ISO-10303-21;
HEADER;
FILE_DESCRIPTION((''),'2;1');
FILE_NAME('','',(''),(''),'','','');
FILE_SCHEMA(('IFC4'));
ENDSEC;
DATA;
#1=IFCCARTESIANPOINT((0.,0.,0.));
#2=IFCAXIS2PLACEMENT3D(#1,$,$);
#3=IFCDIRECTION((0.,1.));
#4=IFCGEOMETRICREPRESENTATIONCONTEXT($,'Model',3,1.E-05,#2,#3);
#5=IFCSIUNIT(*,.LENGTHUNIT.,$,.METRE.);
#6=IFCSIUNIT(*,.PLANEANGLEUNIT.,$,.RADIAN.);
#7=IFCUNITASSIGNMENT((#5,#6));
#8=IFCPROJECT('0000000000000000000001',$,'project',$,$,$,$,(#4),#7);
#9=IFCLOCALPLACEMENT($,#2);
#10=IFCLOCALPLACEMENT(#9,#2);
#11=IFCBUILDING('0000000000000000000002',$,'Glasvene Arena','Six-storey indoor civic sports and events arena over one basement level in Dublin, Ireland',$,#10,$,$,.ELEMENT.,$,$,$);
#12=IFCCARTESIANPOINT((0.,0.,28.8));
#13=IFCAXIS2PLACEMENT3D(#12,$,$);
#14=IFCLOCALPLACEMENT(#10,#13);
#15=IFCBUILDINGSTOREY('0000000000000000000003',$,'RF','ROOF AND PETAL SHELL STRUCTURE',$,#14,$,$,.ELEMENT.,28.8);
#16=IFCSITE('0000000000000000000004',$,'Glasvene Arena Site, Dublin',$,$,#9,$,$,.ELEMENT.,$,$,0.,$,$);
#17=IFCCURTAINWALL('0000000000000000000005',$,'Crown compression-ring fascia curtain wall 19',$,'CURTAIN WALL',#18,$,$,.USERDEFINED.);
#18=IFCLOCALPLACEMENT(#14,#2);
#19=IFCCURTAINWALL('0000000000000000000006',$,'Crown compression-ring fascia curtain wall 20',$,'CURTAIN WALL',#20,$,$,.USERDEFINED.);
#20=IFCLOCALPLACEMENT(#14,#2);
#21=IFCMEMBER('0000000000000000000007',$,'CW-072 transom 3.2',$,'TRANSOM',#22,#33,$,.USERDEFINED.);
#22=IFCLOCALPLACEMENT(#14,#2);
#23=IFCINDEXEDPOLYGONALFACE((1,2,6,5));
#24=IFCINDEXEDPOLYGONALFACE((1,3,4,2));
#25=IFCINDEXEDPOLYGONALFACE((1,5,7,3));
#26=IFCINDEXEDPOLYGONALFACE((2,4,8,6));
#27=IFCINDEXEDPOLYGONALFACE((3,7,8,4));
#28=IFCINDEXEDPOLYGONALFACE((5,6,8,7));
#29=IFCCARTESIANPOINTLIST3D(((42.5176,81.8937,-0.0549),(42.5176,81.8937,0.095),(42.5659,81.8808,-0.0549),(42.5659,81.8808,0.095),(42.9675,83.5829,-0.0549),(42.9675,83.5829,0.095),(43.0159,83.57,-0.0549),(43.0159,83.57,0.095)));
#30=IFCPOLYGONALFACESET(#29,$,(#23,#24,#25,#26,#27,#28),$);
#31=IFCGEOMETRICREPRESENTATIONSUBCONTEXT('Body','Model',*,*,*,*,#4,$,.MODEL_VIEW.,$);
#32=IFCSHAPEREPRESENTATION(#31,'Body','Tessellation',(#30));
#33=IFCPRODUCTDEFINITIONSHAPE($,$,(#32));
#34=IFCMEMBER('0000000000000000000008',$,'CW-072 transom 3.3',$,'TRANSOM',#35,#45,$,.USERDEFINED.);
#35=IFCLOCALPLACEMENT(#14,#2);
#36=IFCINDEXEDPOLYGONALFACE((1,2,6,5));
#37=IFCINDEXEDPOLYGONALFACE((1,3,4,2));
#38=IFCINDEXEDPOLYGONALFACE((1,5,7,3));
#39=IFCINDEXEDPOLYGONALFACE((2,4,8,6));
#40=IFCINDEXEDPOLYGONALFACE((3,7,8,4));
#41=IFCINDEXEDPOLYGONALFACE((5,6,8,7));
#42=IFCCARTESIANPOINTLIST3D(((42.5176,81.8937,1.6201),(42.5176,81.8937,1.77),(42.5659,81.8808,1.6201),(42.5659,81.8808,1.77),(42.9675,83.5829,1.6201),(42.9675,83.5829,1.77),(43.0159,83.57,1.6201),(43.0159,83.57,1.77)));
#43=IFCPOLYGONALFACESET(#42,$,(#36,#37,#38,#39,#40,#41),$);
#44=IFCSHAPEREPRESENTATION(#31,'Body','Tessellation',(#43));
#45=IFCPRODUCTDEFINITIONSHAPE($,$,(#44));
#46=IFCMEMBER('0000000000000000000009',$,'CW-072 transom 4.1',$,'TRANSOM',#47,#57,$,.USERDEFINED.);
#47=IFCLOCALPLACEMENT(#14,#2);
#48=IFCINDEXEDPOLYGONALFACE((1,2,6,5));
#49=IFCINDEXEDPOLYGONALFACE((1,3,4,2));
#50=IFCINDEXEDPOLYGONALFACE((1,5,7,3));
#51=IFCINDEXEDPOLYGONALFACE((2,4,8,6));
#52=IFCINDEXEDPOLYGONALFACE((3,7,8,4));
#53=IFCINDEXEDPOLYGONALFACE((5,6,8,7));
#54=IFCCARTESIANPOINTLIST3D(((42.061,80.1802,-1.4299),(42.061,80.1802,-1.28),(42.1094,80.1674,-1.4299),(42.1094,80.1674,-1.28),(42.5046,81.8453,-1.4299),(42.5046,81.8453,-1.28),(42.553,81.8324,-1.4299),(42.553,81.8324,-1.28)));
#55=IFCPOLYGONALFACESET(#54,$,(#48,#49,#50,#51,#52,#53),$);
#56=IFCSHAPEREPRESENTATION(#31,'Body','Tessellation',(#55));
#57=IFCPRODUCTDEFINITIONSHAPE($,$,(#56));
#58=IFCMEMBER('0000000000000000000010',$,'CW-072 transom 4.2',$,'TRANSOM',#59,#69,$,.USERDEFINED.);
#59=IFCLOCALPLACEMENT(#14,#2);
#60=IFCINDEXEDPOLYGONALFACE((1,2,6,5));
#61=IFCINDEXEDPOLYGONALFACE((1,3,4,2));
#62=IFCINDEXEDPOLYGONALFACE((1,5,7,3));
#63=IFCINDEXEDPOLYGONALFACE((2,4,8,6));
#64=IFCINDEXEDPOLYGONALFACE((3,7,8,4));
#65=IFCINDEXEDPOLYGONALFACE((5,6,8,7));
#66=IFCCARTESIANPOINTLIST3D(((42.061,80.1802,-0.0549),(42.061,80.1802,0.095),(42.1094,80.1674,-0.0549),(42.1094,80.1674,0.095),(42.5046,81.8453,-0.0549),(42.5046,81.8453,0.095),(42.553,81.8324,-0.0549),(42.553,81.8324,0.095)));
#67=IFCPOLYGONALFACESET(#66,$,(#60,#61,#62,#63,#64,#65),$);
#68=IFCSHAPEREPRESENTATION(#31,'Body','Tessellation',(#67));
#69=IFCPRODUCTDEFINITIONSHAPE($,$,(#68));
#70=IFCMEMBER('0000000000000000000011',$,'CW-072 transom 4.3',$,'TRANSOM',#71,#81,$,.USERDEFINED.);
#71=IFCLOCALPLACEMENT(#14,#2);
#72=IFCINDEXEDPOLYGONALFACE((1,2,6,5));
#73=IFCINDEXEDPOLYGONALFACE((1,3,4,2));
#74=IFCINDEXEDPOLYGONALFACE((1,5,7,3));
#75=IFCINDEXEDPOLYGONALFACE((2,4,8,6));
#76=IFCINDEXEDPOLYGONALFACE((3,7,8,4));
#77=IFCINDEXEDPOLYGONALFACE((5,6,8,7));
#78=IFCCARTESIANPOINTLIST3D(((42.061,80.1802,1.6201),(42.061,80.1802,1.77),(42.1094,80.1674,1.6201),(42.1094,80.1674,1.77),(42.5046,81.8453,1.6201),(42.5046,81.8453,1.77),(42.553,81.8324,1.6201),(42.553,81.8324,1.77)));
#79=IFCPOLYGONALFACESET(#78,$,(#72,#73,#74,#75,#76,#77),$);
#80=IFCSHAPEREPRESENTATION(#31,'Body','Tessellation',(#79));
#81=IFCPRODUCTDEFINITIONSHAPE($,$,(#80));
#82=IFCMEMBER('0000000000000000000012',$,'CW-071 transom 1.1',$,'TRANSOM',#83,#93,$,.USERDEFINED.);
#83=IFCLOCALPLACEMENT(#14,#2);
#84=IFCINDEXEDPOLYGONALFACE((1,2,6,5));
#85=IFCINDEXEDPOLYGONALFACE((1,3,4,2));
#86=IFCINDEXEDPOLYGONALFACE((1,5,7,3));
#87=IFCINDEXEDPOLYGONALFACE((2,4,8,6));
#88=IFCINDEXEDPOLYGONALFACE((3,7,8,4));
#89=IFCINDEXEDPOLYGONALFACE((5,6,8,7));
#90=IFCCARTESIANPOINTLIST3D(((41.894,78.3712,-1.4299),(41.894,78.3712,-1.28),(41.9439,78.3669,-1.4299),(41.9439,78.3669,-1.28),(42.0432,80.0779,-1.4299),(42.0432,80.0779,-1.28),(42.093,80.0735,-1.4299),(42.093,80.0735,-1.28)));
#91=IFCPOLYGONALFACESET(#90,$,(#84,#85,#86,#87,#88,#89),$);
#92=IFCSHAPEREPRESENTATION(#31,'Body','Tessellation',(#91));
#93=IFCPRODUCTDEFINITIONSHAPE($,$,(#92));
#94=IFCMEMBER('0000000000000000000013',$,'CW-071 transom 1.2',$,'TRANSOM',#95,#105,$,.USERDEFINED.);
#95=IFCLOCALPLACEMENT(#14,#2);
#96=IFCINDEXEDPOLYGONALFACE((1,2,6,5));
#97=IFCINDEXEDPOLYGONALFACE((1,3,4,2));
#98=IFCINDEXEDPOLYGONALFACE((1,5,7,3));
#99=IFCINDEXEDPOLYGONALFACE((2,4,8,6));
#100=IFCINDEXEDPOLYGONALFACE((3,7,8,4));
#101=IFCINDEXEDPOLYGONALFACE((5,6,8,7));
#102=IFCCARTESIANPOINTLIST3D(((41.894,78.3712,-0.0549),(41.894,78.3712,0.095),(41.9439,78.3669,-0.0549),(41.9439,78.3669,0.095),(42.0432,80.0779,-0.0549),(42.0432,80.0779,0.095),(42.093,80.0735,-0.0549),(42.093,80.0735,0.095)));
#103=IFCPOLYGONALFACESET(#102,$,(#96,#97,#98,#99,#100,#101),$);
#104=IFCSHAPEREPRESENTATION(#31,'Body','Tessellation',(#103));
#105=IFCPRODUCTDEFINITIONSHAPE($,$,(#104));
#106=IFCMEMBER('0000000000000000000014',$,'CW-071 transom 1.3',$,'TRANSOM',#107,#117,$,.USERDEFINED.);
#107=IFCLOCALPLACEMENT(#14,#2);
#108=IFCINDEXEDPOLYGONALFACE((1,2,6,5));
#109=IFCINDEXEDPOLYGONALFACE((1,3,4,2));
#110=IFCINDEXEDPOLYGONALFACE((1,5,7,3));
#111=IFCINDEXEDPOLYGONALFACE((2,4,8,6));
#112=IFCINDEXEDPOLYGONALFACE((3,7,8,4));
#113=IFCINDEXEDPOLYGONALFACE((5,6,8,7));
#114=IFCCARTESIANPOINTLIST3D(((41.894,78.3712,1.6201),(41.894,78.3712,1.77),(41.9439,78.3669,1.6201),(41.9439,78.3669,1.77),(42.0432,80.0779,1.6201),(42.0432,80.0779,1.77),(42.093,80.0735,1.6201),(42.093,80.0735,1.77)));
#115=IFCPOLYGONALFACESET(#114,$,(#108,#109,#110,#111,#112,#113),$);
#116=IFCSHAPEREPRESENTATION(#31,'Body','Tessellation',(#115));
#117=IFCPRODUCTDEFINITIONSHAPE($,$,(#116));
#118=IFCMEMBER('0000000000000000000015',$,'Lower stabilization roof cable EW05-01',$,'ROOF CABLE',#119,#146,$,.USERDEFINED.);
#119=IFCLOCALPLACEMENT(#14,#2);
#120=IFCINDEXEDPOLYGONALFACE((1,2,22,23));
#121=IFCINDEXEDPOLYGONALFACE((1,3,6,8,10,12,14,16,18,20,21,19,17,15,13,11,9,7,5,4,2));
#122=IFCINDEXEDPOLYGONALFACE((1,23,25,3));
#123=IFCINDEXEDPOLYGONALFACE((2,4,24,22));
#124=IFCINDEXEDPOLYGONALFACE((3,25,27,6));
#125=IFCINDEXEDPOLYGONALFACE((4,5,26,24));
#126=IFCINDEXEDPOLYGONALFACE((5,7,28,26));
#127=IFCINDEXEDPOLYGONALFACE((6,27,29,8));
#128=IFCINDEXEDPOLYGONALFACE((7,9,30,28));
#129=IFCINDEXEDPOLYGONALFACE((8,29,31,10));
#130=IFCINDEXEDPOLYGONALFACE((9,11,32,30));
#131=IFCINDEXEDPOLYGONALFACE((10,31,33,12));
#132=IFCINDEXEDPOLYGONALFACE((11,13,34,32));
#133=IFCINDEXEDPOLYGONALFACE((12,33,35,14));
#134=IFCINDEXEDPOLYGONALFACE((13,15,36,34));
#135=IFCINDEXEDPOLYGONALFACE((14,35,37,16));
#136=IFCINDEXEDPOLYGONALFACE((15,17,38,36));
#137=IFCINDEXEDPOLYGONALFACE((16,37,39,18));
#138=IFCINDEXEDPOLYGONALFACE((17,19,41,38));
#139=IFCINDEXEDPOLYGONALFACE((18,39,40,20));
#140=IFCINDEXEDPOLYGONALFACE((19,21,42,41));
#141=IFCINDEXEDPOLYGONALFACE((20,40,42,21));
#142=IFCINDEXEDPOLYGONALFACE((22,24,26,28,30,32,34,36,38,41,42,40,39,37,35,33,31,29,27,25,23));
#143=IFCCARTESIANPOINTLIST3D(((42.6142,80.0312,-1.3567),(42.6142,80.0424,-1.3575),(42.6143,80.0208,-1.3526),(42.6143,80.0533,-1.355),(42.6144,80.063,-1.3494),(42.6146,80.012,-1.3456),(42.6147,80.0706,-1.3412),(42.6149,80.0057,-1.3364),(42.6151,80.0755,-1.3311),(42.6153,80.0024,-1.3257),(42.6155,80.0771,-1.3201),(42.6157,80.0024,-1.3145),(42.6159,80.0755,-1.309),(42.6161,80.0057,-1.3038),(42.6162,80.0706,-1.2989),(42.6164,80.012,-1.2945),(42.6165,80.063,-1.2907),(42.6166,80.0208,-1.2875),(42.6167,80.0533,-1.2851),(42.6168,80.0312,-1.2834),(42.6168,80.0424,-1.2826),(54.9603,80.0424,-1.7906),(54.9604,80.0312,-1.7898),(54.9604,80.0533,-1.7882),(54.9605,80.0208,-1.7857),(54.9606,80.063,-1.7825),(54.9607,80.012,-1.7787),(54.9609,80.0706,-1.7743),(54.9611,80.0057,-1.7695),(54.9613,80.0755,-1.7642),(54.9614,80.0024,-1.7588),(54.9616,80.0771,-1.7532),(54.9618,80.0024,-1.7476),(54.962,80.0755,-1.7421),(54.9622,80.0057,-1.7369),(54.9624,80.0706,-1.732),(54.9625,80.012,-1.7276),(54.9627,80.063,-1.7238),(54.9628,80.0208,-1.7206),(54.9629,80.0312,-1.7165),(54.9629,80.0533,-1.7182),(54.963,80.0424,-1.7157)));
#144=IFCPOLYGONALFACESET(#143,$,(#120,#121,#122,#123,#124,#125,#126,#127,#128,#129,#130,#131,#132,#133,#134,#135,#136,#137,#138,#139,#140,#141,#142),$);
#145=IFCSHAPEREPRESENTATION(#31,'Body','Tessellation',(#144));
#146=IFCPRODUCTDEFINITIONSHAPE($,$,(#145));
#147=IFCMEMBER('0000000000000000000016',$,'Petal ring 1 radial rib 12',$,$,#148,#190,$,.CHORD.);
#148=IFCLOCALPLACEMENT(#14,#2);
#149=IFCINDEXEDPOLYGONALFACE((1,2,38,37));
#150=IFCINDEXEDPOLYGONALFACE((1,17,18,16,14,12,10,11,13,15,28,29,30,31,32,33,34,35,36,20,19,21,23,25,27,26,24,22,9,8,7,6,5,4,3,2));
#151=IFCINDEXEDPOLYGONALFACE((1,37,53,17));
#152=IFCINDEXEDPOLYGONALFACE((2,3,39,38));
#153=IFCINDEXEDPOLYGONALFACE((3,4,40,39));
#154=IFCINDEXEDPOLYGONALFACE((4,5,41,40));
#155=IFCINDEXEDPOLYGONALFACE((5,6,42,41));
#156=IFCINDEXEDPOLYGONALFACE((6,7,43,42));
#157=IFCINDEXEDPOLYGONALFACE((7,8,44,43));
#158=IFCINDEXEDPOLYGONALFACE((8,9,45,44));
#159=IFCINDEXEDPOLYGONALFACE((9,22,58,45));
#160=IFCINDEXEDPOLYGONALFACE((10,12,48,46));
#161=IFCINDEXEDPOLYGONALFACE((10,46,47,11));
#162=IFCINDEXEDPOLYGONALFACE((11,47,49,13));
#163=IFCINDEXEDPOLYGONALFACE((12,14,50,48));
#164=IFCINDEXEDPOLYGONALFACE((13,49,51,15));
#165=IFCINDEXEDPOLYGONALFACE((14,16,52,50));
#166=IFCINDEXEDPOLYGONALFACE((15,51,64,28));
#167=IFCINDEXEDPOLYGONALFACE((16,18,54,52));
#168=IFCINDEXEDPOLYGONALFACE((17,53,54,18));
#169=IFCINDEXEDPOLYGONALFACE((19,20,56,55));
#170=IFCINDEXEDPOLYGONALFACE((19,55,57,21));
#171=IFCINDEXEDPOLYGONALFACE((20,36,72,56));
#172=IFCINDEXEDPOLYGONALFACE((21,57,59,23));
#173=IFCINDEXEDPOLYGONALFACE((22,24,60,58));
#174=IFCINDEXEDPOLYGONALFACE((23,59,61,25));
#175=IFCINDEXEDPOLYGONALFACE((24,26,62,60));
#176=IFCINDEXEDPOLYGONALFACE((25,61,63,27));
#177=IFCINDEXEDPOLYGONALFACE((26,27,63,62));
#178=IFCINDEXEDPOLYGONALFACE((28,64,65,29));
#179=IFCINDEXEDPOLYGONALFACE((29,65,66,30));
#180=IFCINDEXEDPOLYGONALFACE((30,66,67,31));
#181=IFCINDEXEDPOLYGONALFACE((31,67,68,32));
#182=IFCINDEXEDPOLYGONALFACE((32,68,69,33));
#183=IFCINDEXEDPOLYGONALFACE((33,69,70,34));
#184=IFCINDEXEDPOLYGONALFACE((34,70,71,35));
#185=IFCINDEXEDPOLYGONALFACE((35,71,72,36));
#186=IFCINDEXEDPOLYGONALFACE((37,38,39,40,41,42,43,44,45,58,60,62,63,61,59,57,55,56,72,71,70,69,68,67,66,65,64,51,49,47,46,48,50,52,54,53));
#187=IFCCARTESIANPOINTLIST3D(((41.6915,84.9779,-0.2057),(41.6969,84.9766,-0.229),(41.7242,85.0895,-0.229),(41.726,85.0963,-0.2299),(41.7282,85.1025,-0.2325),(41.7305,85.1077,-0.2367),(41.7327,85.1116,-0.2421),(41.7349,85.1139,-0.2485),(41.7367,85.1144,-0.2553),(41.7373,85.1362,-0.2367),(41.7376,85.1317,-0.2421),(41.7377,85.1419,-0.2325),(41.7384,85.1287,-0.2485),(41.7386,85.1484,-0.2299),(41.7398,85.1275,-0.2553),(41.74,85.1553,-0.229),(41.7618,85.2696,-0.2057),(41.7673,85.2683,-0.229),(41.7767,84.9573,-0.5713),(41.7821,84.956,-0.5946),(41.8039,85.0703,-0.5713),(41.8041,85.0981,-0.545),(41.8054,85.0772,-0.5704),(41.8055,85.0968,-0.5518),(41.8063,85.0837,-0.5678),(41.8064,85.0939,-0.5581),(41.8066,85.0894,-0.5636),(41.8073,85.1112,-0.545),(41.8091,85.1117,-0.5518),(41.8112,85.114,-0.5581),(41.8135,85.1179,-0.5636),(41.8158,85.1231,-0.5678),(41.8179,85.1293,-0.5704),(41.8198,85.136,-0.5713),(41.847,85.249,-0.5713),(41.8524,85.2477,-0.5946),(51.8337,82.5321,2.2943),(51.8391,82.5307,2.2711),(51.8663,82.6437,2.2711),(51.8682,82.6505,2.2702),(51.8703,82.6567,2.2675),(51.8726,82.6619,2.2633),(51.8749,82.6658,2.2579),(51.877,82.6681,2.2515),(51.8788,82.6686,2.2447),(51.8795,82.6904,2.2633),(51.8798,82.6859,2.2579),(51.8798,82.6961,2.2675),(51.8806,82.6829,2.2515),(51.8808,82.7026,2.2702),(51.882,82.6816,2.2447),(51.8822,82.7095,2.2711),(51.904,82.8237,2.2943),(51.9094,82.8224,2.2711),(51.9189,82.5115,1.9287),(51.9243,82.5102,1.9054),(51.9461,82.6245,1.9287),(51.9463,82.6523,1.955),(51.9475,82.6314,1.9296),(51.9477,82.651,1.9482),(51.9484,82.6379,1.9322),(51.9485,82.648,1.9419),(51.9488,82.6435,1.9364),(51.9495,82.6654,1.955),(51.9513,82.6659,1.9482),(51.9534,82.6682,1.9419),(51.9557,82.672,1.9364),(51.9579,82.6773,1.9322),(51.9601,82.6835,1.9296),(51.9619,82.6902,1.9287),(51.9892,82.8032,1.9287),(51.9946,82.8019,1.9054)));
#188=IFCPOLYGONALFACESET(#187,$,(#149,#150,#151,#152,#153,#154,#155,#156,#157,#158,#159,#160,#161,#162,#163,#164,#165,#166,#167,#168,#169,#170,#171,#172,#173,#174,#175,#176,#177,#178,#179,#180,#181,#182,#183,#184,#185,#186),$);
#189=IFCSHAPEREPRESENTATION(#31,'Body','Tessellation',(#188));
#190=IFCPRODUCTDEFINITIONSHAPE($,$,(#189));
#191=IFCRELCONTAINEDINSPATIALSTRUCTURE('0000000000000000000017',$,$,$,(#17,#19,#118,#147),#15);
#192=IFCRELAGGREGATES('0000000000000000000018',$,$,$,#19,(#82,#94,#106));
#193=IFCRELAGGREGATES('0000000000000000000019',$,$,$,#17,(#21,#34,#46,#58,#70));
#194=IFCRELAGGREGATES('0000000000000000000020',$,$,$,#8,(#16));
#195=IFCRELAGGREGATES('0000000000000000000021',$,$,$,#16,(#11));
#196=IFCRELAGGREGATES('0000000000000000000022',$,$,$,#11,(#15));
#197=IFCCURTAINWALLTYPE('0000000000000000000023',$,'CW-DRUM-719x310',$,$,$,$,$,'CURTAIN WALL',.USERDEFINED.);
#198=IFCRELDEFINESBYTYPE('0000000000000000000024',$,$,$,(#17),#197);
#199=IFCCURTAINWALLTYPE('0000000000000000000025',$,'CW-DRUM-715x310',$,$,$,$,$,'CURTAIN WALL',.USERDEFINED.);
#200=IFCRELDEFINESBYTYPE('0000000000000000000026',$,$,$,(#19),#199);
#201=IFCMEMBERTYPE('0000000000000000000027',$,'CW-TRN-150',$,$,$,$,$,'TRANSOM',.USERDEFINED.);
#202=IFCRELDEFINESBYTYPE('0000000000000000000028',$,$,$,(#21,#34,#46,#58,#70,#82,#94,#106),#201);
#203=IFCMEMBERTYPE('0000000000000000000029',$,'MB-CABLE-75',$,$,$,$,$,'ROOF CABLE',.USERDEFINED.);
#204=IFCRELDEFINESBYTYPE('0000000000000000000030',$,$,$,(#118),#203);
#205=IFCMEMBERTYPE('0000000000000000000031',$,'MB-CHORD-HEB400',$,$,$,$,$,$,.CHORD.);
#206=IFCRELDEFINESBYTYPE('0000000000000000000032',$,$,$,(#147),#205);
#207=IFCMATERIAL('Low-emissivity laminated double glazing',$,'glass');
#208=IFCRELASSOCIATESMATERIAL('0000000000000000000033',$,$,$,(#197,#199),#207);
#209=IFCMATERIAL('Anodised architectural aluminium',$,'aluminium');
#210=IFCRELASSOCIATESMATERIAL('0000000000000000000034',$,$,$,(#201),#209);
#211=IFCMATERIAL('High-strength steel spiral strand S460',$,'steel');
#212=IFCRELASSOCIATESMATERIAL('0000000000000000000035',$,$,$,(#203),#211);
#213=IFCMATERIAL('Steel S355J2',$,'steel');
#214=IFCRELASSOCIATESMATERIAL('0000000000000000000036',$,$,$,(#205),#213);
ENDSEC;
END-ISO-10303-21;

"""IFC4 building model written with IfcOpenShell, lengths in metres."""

from ifc_helpers import new_model, si_unit, direction, frame, origin, origin_2d, place, context, subcontext, project, spatial, rectangle, circle, i_section, extrude, material, material_profile, profile_set, type_object, element, aggregate, save


model = new_model("IFC4")

# Units and contexts
model_context = context("Model", 3, precision=1e-05, world=origin(), true_north=direction((0.0, 1.0)))
body_context = subcontext(model_context, "Body", "Model", "MODEL_VIEW")
ifc_project = project(units=[si_unit("LENGTHUNIT", "METRE"), si_unit("PLANEANGLEUNIT", "RADIAN")], contexts=[model_context])

# Site, building, storey
site_placement = place(None, origin())
site = spatial("IfcSite", under=ifc_project, at=site_placement, Name="Glasvene Arena Site, Dublin", CompositionType="ELEMENT", RefElevation=0.0)
building_placement = place(site_placement, origin())
building = spatial("IfcBuilding", under=site, at=building_placement, Name="Glasvene Arena", Description="Six-storey indoor civic sports and events arena over one basement level in Dublin, Ireland", CompositionType="ELEMENT")
storey_placement = place(building_placement, frame((0.0, 0.0, 28.8)))
storey = spatial("IfcBuildingStorey", under=building, at=storey_placement, Name="RF", Description="ROOF AND PETAL SHELL STRUCTURE", CompositionType="ELEMENT", Elevation=28.8)

# Shared definitions
ifc_material_1 = material(Name="Low-emissivity laminated double glazing", Category="glass")
ifc_material_2 = material(Name="Anodised architectural aluminium", Category="aluminium")

# Curtain wall
curtain_wall_type_1 = type_object("IfcCurtainWallType", Name="CW-DRUM-719x310", ElementType="CURTAIN WALL", PredefinedType="USERDEFINED", material=ifc_material_1)
curtain_wall_1_placement = place(storey_placement, frame((43.9241, 87.0757, 0.0)))
curtain_wall_1 = element("IfcCurtainWall", 1, at=curtain_wall_1_placement, inside=storey, type_object=curtain_wall_type_1, Name="Crown compression-ring fascia curtain wall 19", ObjectType="CURTAIN WALL", PredefinedType="USERDEFINED")

# Curtain wall
curtain_wall_type_2 = type_object("IfcCurtainWallType", Name="CW-DRUM-715x310", ElementType="CURTAIN WALL", PredefinedType="USERDEFINED", material=ifc_material_1)
curtain_wall_2_placement = place(storey_placement, frame((42.0725, 80.1255, 0.0)))
curtain_wall_2 = element("IfcCurtainWall", 2, at=curtain_wall_2_placement, inside=storey, type_object=curtain_wall_type_2, Name="Crown compression-ring fascia curtain wall 20", ObjectType="CURTAIN WALL", PredefinedType="USERDEFINED")

# Members
ifc_material_profile_1 = material_profile(ifc_material_2, rectangle(XDim=0.05, YDim=0.1499, at=origin_2d()), Name="ALU TRANSOM 50x150")
ifc_profile_set_1 = profile_set([ifc_material_profile_1], Name="Anodised architectural aluminium")
member_type_1 = type_object("IfcMemberType", Name="CW-TRN-150", ElementType="TRANSOM", PredefinedType="USERDEFINED", material=ifc_profile_set_1)
member_1_placement = place(storey_placement, frame((42.9917, 83.5764, 0.02), z_axis=(-0.257393, -0.966307, 0.0), x_axis=(0.966307, -0.257393, 0.0)))
member_1 = element("IfcMember", 3, at=member_1_placement, type_object=member_type_1, Name="CW-072 transom 3.2", ObjectType="TRANSOM", PredefinedType="USERDEFINED", context=body_context, shape_type="SweptSolid", body=[
    extrude(rectangle(XDim=0.05, YDim=0.1499, at=origin_2d()), origin(), (0.0, 0.0, 1.0), 1.748),
])
member_2_placement = place(storey_placement, frame((42.9917, 83.5764, 1.6951), z_axis=(-0.257393, -0.966307, 0.0), x_axis=(0.966307, -0.257393, 0.0)))
member_2 = element("IfcMember", 4, at=member_2_placement, type_object=member_type_1, Name="CW-072 transom 3.3", ObjectType="TRANSOM", PredefinedType="USERDEFINED", context=body_context, shape_type="SweptSolid", body=[
    extrude(rectangle(XDim=0.05, YDim=0.1499, at=origin_2d()), origin(), (0.0, 0.0, 1.0), 1.748),
])
member_3_placement = place(storey_placement, frame((42.5288, 81.8389, -1.355), z_axis=(-0.257442, -0.966294, 0.0), x_axis=(0.966294, -0.257442, 0.0)))
member_3 = element("IfcMember", 5, at=member_3_placement, type_object=member_type_1, Name="CW-072 transom 4.1", ObjectType="TRANSOM", PredefinedType="USERDEFINED", context=body_context, shape_type="SweptSolid", body=[
    extrude(rectangle(XDim=0.05, YDim=0.1499, at=origin_2d()), origin(), (0.0, 0.0, 1.0), 1.7231),
])
member_4_placement = place(storey_placement, frame((42.5288, 81.8389, 0.02), z_axis=(-0.257442, -0.966294, 0.0), x_axis=(0.966294, -0.257442, 0.0)))
member_4 = element("IfcMember", 6, at=member_4_placement, type_object=member_type_1, Name="CW-072 transom 4.2", ObjectType="TRANSOM", PredefinedType="USERDEFINED", context=body_context, shape_type="SweptSolid", body=[
    extrude(rectangle(XDim=0.05, YDim=0.1499, at=origin_2d()), origin(), (0.0, 0.0, 1.0), 1.7231),
])
member_5_placement = place(storey_placement, frame((42.5288, 81.8389, 1.6951), z_axis=(-0.257442, -0.966294, 0.0), x_axis=(0.966294, -0.257442, 0.0)))
member_5 = element("IfcMember", 7, at=member_5_placement, type_object=member_type_1, Name="CW-072 transom 4.3", ObjectType="TRANSOM", PredefinedType="USERDEFINED", context=body_context, shape_type="SweptSolid", body=[
    extrude(rectangle(XDim=0.05, YDim=0.1499, at=origin_2d()), origin(), (0.0, 0.0, 1.0), 1.7231),
])
member_6_placement = place(storey_placement, frame((42.0681, 80.0757, -1.355), z_axis=(-0.087079, -0.996201, 0.0), x_axis=(0.996201, -0.087079, 0.0)))
member_6 = element("IfcMember", 8, at=member_6_placement, type_object=member_type_1, Name="CW-071 transom 1.1", ObjectType="TRANSOM", PredefinedType="USERDEFINED", context=body_context, shape_type="SweptSolid", body=[
    extrude(rectangle(XDim=0.05, YDim=0.1499, at=origin_2d()), origin(), (0.0, 0.0, 1.0), 1.7131),
])
member_7_placement = place(storey_placement, frame((42.0681, 80.0757, 0.02), z_axis=(-0.087079, -0.996201, 0.0), x_axis=(0.996201, -0.087079, 0.0)))
member_7 = element("IfcMember", 9, at=member_7_placement, type_object=member_type_1, Name="CW-071 transom 1.2", ObjectType="TRANSOM", PredefinedType="USERDEFINED", context=body_context, shape_type="SweptSolid", body=[
    extrude(rectangle(XDim=0.05, YDim=0.1499, at=origin_2d()), origin(), (0.0, 0.0, 1.0), 1.7131),
])
member_8_placement = place(storey_placement, frame((42.0681, 80.0757, 1.6951), z_axis=(-0.087079, -0.996201, 0.0), x_axis=(0.996201, -0.087079, 0.0)))
member_8 = element("IfcMember", 10, at=member_8_placement, type_object=member_type_1, Name="CW-071 transom 1.3", ObjectType="TRANSOM", PredefinedType="USERDEFINED", context=body_context, shape_type="SweptSolid", body=[
    extrude(rectangle(XDim=0.05, YDim=0.1499, at=origin_2d()), origin(), (0.0, 0.0, 1.0), 1.7131),
])
aggregate(curtain_wall_2, [member_6, member_7, member_8])

# Members
ifc_material_3 = material(Name="High-strength steel spiral strand S460", Category="steel")
ifc_material_profile_2 = material_profile(ifc_material_3, circle(Radius=0.0376, at=origin_2d()), Name="LCSS D75")
ifc_profile_set_2 = profile_set([ifc_material_profile_2], Name="High-strength steel spiral strand S460")
member_type_2 = type_object("IfcMemberType", Name="MB-CABLE-75", ElementType="ROOF CABLE", PredefinedType="USERDEFINED", material=ifc_profile_set_2)
member_9_placement = place(storey_placement, frame((42.6155, 80.0396, -1.3201), z_axis=(0.999385, 0.0, -0.035059), x_axis=(0.0, 1.0, 0.0)))
element("IfcMember", 11, at=member_9_placement, inside=storey, type_object=member_type_2, Name="Lower stabilization roof cable EW05-01", ObjectType="ROOF CABLE", PredefinedType="USERDEFINED", context=body_context, shape_type="SweptSolid", body=[
    extrude(circle(Radius=0.0376, at=origin_2d()), origin(), (0.0, 0.0, 1.0), 12.3538),
])
ifc_material_4 = material(Name="Steel S355J2", Category="steel")
ifc_material_profile_3 = material_profile(ifc_material_4, i_section(OverallWidth=0.3, OverallDepth=0.3999, WebThickness=0.0134, FlangeThickness=0.0239, FilletRadius=0.0271, at=origin_2d()), Name="HEB 400")
ifc_profile_set_3 = profile_set([ifc_material_profile_3], Name="Steel S355J2")
member_type_3 = type_object("IfcMemberType", Name="MB-CHORD-HEB400", PredefinedType="CHORD", material=ifc_profile_set_3)
member_10_placement = place(storey_placement, frame((41.772, 85.1128, -0.4001), z_axis=(0.945369, -0.227979, 0.233031), x_axis=(0.234433, 0.972132, 0.0)))
element("IfcMember", 12, at=member_10_placement, inside=storey, type_object=member_type_3, Name="Petal ring 1 radial rib 12", PredefinedType="CHORD", context=body_context, shape_type="SweptSolid", body=[
    extrude(i_section(OverallWidth=0.3, OverallDepth=0.3999, WebThickness=0.0134, FlangeThickness=0.0239, FilletRadius=0.0271, at=origin_2d()), origin(), (0.0, 0.0, 1.0), 10.7283),
])

aggregate(curtain_wall_1, [member_1, member_2, member_3, member_4, member_5])

save(model, "model.ifc")
